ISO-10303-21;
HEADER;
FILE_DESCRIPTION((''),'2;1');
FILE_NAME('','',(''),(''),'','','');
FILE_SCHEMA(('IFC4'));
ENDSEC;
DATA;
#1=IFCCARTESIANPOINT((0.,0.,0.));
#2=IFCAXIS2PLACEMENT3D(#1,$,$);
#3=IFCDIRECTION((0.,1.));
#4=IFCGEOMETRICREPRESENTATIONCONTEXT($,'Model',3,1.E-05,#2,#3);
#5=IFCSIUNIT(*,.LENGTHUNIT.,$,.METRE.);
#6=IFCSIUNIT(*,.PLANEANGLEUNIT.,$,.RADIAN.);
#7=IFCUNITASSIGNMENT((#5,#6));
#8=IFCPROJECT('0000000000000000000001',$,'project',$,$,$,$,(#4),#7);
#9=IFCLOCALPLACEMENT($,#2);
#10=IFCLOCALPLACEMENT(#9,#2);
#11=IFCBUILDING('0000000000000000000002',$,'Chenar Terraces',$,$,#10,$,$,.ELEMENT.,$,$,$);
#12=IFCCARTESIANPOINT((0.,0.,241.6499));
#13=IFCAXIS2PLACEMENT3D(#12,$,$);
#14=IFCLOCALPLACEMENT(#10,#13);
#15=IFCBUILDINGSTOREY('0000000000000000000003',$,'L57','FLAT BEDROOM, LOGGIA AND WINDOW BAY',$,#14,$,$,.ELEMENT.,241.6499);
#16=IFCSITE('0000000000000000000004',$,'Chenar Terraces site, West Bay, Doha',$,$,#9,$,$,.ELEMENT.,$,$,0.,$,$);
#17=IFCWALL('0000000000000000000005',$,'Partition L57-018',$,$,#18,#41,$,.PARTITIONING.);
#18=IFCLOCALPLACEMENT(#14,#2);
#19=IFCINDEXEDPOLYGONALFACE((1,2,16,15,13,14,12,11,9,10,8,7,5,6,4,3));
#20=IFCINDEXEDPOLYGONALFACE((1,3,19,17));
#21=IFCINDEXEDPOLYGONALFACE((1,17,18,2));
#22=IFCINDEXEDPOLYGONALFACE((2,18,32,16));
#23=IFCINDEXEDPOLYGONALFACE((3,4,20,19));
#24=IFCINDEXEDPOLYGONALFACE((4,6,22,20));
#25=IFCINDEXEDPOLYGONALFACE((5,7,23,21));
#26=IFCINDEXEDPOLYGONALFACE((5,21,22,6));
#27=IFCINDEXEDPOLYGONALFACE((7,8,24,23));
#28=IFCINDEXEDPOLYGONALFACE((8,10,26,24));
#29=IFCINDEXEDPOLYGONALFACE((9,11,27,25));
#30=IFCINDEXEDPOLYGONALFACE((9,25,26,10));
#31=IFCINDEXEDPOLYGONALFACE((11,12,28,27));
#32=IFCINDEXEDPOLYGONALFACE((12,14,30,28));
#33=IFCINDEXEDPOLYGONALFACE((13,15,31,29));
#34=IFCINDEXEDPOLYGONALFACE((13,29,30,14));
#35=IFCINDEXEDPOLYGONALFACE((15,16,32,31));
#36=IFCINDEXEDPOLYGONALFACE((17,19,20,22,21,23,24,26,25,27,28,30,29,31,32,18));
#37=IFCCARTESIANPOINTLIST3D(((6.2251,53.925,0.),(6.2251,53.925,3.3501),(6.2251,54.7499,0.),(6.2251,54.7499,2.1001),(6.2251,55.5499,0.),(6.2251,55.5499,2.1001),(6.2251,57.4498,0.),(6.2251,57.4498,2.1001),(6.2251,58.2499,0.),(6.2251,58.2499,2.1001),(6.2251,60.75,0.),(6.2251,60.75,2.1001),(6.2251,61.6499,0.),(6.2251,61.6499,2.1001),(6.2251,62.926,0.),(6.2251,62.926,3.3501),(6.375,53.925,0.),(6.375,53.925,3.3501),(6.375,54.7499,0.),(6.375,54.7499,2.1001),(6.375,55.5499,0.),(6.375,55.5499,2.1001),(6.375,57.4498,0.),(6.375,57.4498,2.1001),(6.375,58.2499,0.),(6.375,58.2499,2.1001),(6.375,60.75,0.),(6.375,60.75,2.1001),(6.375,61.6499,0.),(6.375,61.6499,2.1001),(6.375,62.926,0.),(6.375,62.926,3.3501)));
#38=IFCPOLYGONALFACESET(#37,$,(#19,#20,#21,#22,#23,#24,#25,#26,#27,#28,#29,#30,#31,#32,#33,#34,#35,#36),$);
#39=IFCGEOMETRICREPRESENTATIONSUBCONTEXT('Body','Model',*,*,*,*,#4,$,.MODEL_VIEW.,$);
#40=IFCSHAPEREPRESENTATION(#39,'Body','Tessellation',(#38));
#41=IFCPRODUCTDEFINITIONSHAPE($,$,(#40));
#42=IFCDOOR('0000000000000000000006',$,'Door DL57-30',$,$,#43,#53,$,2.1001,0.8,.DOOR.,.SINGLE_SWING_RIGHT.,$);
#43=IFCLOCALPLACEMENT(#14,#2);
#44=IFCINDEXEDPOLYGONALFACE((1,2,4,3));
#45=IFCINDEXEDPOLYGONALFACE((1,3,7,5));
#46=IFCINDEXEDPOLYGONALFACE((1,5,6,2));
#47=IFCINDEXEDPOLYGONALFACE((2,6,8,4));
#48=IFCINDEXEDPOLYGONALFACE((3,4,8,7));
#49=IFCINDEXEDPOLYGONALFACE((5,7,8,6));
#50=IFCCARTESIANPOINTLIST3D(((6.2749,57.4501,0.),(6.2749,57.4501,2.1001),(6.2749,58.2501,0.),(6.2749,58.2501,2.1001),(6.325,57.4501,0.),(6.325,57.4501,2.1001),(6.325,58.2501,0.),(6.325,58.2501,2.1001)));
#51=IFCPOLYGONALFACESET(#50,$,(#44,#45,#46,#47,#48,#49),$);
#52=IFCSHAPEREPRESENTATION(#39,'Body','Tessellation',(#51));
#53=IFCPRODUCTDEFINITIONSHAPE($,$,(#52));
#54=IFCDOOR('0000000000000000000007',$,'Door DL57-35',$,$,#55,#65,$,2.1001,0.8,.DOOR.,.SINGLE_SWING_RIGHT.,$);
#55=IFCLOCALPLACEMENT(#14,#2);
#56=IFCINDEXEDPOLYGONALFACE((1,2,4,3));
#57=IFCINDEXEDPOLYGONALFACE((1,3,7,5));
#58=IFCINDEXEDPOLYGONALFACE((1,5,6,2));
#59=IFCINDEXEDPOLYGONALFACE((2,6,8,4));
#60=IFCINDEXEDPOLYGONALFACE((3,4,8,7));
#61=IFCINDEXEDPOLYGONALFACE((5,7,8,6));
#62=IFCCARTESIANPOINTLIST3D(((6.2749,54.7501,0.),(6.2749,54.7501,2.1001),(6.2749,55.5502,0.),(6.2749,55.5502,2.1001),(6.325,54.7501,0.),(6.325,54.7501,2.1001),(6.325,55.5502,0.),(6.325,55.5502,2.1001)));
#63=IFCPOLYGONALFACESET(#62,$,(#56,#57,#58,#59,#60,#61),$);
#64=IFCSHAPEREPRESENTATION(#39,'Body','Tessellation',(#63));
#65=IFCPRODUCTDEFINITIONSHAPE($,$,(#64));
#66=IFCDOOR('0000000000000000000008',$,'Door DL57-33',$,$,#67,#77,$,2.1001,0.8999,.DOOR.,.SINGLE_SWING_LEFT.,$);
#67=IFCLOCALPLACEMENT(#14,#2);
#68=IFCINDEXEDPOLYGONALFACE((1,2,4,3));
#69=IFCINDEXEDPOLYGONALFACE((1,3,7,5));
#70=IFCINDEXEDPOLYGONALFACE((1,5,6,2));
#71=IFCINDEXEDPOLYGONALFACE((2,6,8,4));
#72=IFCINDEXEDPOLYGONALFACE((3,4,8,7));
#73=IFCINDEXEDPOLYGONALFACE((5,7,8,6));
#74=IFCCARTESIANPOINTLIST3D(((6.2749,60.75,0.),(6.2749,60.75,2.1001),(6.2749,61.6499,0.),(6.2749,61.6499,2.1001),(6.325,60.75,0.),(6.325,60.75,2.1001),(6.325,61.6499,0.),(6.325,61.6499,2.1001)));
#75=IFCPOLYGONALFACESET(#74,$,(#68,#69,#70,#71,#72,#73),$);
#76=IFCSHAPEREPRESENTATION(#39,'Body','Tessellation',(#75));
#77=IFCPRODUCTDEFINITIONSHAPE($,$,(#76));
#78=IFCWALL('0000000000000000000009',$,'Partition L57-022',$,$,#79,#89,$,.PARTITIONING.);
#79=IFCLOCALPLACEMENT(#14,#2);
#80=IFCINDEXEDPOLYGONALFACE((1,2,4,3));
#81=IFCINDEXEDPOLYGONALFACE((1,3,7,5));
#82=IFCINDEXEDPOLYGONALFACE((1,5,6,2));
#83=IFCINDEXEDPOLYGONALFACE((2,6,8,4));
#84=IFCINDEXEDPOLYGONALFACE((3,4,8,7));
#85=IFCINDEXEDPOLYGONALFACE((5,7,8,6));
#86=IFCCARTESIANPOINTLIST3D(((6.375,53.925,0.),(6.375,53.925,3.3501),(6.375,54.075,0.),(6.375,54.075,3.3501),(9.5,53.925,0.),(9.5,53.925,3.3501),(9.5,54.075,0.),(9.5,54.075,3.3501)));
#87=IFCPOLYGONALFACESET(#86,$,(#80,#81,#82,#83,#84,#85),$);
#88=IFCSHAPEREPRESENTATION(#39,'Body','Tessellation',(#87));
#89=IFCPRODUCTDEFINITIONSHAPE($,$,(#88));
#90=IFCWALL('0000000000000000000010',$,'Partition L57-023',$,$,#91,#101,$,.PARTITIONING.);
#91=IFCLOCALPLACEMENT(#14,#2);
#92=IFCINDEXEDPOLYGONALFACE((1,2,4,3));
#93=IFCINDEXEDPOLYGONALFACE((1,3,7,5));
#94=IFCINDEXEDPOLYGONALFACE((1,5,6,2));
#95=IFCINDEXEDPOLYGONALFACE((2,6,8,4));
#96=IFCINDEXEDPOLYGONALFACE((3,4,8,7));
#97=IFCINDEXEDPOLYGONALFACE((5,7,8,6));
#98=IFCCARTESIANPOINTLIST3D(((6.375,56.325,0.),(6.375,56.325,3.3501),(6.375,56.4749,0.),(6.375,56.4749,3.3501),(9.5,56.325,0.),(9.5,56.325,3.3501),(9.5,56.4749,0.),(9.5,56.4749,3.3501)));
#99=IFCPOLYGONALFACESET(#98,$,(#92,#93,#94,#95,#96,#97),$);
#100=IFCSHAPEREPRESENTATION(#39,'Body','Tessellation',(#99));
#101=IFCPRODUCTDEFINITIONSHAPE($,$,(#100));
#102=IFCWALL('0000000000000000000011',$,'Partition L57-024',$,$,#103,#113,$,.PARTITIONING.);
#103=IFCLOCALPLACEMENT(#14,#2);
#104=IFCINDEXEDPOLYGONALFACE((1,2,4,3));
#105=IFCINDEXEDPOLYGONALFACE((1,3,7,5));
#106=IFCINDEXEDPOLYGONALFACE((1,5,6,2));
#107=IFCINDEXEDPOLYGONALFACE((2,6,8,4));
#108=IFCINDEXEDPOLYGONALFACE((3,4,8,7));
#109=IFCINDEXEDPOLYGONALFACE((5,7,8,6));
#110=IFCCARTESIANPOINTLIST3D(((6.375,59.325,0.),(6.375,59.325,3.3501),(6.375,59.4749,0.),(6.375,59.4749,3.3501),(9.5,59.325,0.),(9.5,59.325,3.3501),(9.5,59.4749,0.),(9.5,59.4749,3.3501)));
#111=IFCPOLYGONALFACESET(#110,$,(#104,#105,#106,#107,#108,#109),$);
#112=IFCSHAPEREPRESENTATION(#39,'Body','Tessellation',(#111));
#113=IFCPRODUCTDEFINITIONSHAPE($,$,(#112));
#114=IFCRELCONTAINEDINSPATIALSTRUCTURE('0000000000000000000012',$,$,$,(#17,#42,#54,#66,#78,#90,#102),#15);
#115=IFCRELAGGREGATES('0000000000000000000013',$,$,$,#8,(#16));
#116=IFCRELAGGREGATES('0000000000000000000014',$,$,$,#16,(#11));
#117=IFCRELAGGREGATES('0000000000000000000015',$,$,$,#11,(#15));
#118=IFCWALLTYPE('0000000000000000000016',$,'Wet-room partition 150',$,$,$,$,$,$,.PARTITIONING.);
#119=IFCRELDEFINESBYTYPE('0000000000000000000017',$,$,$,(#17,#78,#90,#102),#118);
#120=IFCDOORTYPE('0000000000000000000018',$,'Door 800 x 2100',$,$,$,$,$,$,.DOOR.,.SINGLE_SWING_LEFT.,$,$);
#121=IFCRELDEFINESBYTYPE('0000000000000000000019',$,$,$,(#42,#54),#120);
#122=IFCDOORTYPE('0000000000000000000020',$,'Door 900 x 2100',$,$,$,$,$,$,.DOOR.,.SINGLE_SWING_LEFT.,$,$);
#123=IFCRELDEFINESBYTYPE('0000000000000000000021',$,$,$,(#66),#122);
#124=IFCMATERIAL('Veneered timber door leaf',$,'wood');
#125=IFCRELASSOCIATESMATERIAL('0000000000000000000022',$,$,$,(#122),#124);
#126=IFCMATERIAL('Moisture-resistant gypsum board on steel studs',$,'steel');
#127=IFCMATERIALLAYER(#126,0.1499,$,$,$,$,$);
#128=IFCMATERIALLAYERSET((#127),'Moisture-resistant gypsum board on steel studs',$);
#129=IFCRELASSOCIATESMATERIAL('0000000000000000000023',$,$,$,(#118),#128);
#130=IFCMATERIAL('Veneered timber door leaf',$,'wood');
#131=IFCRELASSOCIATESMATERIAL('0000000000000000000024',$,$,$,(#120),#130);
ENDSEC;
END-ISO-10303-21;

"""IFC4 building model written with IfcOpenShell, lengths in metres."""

from ifc_helpers import new_model, si_unit, direction, frame, frame_2d, origin, place, context, subcontext, project, spatial, rectangle, extrude, material, layer, layer_set, type_object, element, fill, save


model = new_model("IFC4")

# Units and contexts
model_context = context("Model", 3, precision=1e-05, world=origin(), true_north=direction((0.0, 1.0)))
body_context = subcontext(model_context, "Body", "Model", "MODEL_VIEW")
ifc_project = project(units=[si_unit("LENGTHUNIT", "METRE"), si_unit("PLANEANGLEUNIT", "RADIAN")], contexts=[model_context])

# Site, building, storey
site_placement = place(None, origin())
site = spatial("IfcSite", under=ifc_project, at=site_placement, Name="Chenar Terraces site, West Bay, Doha", CompositionType="ELEMENT", RefElevation=0.0)
building_placement = place(site_placement, origin())
building = spatial("IfcBuilding", under=site, at=building_placement, Name="Chenar Terraces", CompositionType="ELEMENT")
storey_placement = place(building_placement, frame((0.0, 0.0, 241.6499)))
storey = spatial("IfcBuildingStorey", under=building, at=storey_placement, Name="L57", Description="FLAT BEDROOM, LOGGIA AND WINDOW BAY", CompositionType="ELEMENT", Elevation=241.6499)

# Shared definitions
ifc_material_1 = material(Name="Veneered timber door leaf", Category="wood")
door_type_1 = type_object("IfcDoorType", Name="Door 900 x 2100", OperationType="SINGLE_SWING_LEFT", PredefinedType="DOOR", material=ifc_material_1)

# Wall, openings, doors
ifc_material_2 = material(Name="Moisture-resistant gypsum board on steel studs", Category="steel")
ifc_layer_1 = layer(ifc_material_2, 0.1499)
ifc_layer_set_1 = layer_set([ifc_layer_1], Name="Moisture-resistant gypsum board on steel studs")
wall_type_1 = type_object("IfcWallType", Name="Wet-room partition 150", PredefinedType="PARTITIONING", material=ifc_layer_set_1)
wall_1_placement = place(storey_placement, frame((6.3, 53.925, 0.0), z_axis=(0.0, 0.0, 1.0), x_axis=(0.0, 1.0, 0.0)))
wall_1 = element("IfcWall", 1, at=wall_1_placement, inside=storey, type_object=wall_type_1, Name="Partition L57-018", PredefinedType="PARTITIONING", context=body_context, shape_type="SweptSolid", body=[
    extrude(rectangle(XDim=9.001, YDim=0.1499, at=frame_2d((4.5005, 0.0))), origin(), (0.0, 0.0, 1.0), 3.3501),
])
opening_1_placement = place(wall_1_placement, frame((3.5249, 0.0, 0.0)))
opening_1 = element("IfcOpeningElement", 2, at=opening_1_placement, cuts=wall_1, PredefinedType="OPENING", context=body_context, shape_type="SweptSolid", body=[
    extrude(rectangle(XDim=0.8, YDim=2.1001, at=frame_2d((0.3999, 1.05))), frame((0.0, 0.085, 0.0), z_axis=(0.0, -1.0, 0.0), x_axis=(1.0, 0.0, 0.0)), (0.0, 0.0, 1.0), 0.1699),
])
opening_2_placement = place(wall_1_placement, frame((6.825, 0.0, 0.0)))
opening_2 = element("IfcOpeningElement", 3, at=opening_2_placement, cuts=wall_1, PredefinedType="OPENING", context=body_context, shape_type="SweptSolid", body=[
    extrude(rectangle(XDim=0.8999, YDim=2.1001, at=frame_2d((0.45, 1.05))), frame((0.0, 0.085, 0.0), z_axis=(0.0, -1.0, 0.0), x_axis=(1.0, 0.0, 0.0)), (0.0, 0.0, 1.0), 0.1699),
])
opening_3_placement = place(wall_1_placement, frame((0.825, 0.0, 0.0)))
opening_3 = element("IfcOpeningElement", 4, at=opening_3_placement, cuts=wall_1, PredefinedType="OPENING", context=body_context, shape_type="SweptSolid", body=[
    extrude(rectangle(XDim=0.8, YDim=2.1001, at=frame_2d((0.3999, 1.05))), frame((0.0, 0.085, 0.0), z_axis=(0.0, -1.0, 0.0), x_axis=(1.0, 0.0, 0.0)), (0.0, 0.0, 1.0), 0.1699),
])
ifc_material_3 = material(Name="Veneered timber door leaf", Category="wood")
door_type_2 = type_object("IfcDoorType", Name="Door 800 x 2100", OperationType="SINGLE_SWING_LEFT", PredefinedType="DOOR", material=ifc_material_3)
door_1_placement = place(opening_1_placement, frame((0.8, 0.0, 0.0), z_axis=(0.0, 0.0, 1.0), x_axis=(-1.0, 0.0, 0.0)))
door_1 = element("IfcDoor", 5, at=door_1_placement, inside=storey, type_object=door_type_2, Name="Door DL57-30", OperationType="SINGLE_SWING_RIGHT", OverallHeight=2.1001, OverallWidth=0.8, PredefinedType="DOOR", context=body_context, shape_type="SweptSolid", body=[
    extrude(rectangle(XDim=0.8, YDim=2.1001, at=frame_2d((0.3999, 1.05))), frame((0.0, 0.0249, 0.0), z_axis=(0.0, -1.0, 0.0), x_axis=(1.0, 0.0, 0.0)), (0.0, 0.0, 1.0), 0.05),
])
fill(opening_1, door_1)
door_2_placement = place(opening_3_placement, frame((0.8, 0.0, 0.0), z_axis=(0.0, 0.0, 1.0), x_axis=(-1.0, 0.0, 0.0)))
door_2 = element("IfcDoor", 6, at=door_2_placement, inside=storey, type_object=door_type_2, Name="Door DL57-35", OperationType="SINGLE_SWING_RIGHT", OverallHeight=2.1001, OverallWidth=0.8, PredefinedType="DOOR", context=body_context, shape_type="SweptSolid", body=[
    extrude(rectangle(XDim=0.8, YDim=2.1001, at=frame_2d((0.3999, 1.05))), frame((0.0, 0.0249, 0.0), z_axis=(0.0, -1.0, 0.0), x_axis=(1.0, 0.0, 0.0)), (0.0, 0.0, 1.0), 0.05),
])
fill(opening_3, door_2)
door_3_placement = place(opening_2_placement, frame((0.8999, 0.0, 0.0), z_axis=(0.0, 0.0, 1.0), x_axis=(-1.0, 0.0, 0.0)))
door_3 = element("IfcDoor", 7, at=door_3_placement, inside=storey, type_object=door_type_1, Name="Door DL57-33", OperationType="SINGLE_SWING_LEFT", OverallHeight=2.1001, OverallWidth=0.8999, PredefinedType="DOOR", context=body_context, shape_type="SweptSolid", body=[
    extrude(rectangle(XDim=0.8999, YDim=2.1001, at=frame_2d((0.45, 1.05))), frame((0.0, 0.0249, 0.0), z_axis=(0.0, -1.0, 0.0), x_axis=(1.0, 0.0, 0.0)), (0.0, 0.0, 1.0), 0.05),
])
fill(opening_2, door_3)

# Walls
for number, where, z_axis, x_axis, name in (
    (8, (6.375, 54.0, 0.0), (0.0, 0.0, 1.0), (1.0, 0.0, 0.0), "Partition L57-022"),
    (9, (6.375, 56.3999, 0.0), (0.0, 0.0, 1.0), (1.0, 0.0, 0.0), "Partition L57-023"),
    (10, (6.375, 59.3999, 0.0), (0.0, 0.0, 1.0), (1.0, 0.0, 0.0), "Partition L57-024"),
):
    element("IfcWall", number, at=place(storey_placement, frame(where, z_axis=z_axis, x_axis=x_axis)), inside=storey, type_object=wall_type_1, Name=name, PredefinedType="PARTITIONING", context=body_context, shape_type="SweptSolid", body=[
        extrude(rectangle(XDim=3.125, YDim=0.1499, at=frame_2d((1.5625, 0.0))), origin(), (0.0, 0.0, 1.0), 3.3501),
    ])

save(model, "model.ifc")
